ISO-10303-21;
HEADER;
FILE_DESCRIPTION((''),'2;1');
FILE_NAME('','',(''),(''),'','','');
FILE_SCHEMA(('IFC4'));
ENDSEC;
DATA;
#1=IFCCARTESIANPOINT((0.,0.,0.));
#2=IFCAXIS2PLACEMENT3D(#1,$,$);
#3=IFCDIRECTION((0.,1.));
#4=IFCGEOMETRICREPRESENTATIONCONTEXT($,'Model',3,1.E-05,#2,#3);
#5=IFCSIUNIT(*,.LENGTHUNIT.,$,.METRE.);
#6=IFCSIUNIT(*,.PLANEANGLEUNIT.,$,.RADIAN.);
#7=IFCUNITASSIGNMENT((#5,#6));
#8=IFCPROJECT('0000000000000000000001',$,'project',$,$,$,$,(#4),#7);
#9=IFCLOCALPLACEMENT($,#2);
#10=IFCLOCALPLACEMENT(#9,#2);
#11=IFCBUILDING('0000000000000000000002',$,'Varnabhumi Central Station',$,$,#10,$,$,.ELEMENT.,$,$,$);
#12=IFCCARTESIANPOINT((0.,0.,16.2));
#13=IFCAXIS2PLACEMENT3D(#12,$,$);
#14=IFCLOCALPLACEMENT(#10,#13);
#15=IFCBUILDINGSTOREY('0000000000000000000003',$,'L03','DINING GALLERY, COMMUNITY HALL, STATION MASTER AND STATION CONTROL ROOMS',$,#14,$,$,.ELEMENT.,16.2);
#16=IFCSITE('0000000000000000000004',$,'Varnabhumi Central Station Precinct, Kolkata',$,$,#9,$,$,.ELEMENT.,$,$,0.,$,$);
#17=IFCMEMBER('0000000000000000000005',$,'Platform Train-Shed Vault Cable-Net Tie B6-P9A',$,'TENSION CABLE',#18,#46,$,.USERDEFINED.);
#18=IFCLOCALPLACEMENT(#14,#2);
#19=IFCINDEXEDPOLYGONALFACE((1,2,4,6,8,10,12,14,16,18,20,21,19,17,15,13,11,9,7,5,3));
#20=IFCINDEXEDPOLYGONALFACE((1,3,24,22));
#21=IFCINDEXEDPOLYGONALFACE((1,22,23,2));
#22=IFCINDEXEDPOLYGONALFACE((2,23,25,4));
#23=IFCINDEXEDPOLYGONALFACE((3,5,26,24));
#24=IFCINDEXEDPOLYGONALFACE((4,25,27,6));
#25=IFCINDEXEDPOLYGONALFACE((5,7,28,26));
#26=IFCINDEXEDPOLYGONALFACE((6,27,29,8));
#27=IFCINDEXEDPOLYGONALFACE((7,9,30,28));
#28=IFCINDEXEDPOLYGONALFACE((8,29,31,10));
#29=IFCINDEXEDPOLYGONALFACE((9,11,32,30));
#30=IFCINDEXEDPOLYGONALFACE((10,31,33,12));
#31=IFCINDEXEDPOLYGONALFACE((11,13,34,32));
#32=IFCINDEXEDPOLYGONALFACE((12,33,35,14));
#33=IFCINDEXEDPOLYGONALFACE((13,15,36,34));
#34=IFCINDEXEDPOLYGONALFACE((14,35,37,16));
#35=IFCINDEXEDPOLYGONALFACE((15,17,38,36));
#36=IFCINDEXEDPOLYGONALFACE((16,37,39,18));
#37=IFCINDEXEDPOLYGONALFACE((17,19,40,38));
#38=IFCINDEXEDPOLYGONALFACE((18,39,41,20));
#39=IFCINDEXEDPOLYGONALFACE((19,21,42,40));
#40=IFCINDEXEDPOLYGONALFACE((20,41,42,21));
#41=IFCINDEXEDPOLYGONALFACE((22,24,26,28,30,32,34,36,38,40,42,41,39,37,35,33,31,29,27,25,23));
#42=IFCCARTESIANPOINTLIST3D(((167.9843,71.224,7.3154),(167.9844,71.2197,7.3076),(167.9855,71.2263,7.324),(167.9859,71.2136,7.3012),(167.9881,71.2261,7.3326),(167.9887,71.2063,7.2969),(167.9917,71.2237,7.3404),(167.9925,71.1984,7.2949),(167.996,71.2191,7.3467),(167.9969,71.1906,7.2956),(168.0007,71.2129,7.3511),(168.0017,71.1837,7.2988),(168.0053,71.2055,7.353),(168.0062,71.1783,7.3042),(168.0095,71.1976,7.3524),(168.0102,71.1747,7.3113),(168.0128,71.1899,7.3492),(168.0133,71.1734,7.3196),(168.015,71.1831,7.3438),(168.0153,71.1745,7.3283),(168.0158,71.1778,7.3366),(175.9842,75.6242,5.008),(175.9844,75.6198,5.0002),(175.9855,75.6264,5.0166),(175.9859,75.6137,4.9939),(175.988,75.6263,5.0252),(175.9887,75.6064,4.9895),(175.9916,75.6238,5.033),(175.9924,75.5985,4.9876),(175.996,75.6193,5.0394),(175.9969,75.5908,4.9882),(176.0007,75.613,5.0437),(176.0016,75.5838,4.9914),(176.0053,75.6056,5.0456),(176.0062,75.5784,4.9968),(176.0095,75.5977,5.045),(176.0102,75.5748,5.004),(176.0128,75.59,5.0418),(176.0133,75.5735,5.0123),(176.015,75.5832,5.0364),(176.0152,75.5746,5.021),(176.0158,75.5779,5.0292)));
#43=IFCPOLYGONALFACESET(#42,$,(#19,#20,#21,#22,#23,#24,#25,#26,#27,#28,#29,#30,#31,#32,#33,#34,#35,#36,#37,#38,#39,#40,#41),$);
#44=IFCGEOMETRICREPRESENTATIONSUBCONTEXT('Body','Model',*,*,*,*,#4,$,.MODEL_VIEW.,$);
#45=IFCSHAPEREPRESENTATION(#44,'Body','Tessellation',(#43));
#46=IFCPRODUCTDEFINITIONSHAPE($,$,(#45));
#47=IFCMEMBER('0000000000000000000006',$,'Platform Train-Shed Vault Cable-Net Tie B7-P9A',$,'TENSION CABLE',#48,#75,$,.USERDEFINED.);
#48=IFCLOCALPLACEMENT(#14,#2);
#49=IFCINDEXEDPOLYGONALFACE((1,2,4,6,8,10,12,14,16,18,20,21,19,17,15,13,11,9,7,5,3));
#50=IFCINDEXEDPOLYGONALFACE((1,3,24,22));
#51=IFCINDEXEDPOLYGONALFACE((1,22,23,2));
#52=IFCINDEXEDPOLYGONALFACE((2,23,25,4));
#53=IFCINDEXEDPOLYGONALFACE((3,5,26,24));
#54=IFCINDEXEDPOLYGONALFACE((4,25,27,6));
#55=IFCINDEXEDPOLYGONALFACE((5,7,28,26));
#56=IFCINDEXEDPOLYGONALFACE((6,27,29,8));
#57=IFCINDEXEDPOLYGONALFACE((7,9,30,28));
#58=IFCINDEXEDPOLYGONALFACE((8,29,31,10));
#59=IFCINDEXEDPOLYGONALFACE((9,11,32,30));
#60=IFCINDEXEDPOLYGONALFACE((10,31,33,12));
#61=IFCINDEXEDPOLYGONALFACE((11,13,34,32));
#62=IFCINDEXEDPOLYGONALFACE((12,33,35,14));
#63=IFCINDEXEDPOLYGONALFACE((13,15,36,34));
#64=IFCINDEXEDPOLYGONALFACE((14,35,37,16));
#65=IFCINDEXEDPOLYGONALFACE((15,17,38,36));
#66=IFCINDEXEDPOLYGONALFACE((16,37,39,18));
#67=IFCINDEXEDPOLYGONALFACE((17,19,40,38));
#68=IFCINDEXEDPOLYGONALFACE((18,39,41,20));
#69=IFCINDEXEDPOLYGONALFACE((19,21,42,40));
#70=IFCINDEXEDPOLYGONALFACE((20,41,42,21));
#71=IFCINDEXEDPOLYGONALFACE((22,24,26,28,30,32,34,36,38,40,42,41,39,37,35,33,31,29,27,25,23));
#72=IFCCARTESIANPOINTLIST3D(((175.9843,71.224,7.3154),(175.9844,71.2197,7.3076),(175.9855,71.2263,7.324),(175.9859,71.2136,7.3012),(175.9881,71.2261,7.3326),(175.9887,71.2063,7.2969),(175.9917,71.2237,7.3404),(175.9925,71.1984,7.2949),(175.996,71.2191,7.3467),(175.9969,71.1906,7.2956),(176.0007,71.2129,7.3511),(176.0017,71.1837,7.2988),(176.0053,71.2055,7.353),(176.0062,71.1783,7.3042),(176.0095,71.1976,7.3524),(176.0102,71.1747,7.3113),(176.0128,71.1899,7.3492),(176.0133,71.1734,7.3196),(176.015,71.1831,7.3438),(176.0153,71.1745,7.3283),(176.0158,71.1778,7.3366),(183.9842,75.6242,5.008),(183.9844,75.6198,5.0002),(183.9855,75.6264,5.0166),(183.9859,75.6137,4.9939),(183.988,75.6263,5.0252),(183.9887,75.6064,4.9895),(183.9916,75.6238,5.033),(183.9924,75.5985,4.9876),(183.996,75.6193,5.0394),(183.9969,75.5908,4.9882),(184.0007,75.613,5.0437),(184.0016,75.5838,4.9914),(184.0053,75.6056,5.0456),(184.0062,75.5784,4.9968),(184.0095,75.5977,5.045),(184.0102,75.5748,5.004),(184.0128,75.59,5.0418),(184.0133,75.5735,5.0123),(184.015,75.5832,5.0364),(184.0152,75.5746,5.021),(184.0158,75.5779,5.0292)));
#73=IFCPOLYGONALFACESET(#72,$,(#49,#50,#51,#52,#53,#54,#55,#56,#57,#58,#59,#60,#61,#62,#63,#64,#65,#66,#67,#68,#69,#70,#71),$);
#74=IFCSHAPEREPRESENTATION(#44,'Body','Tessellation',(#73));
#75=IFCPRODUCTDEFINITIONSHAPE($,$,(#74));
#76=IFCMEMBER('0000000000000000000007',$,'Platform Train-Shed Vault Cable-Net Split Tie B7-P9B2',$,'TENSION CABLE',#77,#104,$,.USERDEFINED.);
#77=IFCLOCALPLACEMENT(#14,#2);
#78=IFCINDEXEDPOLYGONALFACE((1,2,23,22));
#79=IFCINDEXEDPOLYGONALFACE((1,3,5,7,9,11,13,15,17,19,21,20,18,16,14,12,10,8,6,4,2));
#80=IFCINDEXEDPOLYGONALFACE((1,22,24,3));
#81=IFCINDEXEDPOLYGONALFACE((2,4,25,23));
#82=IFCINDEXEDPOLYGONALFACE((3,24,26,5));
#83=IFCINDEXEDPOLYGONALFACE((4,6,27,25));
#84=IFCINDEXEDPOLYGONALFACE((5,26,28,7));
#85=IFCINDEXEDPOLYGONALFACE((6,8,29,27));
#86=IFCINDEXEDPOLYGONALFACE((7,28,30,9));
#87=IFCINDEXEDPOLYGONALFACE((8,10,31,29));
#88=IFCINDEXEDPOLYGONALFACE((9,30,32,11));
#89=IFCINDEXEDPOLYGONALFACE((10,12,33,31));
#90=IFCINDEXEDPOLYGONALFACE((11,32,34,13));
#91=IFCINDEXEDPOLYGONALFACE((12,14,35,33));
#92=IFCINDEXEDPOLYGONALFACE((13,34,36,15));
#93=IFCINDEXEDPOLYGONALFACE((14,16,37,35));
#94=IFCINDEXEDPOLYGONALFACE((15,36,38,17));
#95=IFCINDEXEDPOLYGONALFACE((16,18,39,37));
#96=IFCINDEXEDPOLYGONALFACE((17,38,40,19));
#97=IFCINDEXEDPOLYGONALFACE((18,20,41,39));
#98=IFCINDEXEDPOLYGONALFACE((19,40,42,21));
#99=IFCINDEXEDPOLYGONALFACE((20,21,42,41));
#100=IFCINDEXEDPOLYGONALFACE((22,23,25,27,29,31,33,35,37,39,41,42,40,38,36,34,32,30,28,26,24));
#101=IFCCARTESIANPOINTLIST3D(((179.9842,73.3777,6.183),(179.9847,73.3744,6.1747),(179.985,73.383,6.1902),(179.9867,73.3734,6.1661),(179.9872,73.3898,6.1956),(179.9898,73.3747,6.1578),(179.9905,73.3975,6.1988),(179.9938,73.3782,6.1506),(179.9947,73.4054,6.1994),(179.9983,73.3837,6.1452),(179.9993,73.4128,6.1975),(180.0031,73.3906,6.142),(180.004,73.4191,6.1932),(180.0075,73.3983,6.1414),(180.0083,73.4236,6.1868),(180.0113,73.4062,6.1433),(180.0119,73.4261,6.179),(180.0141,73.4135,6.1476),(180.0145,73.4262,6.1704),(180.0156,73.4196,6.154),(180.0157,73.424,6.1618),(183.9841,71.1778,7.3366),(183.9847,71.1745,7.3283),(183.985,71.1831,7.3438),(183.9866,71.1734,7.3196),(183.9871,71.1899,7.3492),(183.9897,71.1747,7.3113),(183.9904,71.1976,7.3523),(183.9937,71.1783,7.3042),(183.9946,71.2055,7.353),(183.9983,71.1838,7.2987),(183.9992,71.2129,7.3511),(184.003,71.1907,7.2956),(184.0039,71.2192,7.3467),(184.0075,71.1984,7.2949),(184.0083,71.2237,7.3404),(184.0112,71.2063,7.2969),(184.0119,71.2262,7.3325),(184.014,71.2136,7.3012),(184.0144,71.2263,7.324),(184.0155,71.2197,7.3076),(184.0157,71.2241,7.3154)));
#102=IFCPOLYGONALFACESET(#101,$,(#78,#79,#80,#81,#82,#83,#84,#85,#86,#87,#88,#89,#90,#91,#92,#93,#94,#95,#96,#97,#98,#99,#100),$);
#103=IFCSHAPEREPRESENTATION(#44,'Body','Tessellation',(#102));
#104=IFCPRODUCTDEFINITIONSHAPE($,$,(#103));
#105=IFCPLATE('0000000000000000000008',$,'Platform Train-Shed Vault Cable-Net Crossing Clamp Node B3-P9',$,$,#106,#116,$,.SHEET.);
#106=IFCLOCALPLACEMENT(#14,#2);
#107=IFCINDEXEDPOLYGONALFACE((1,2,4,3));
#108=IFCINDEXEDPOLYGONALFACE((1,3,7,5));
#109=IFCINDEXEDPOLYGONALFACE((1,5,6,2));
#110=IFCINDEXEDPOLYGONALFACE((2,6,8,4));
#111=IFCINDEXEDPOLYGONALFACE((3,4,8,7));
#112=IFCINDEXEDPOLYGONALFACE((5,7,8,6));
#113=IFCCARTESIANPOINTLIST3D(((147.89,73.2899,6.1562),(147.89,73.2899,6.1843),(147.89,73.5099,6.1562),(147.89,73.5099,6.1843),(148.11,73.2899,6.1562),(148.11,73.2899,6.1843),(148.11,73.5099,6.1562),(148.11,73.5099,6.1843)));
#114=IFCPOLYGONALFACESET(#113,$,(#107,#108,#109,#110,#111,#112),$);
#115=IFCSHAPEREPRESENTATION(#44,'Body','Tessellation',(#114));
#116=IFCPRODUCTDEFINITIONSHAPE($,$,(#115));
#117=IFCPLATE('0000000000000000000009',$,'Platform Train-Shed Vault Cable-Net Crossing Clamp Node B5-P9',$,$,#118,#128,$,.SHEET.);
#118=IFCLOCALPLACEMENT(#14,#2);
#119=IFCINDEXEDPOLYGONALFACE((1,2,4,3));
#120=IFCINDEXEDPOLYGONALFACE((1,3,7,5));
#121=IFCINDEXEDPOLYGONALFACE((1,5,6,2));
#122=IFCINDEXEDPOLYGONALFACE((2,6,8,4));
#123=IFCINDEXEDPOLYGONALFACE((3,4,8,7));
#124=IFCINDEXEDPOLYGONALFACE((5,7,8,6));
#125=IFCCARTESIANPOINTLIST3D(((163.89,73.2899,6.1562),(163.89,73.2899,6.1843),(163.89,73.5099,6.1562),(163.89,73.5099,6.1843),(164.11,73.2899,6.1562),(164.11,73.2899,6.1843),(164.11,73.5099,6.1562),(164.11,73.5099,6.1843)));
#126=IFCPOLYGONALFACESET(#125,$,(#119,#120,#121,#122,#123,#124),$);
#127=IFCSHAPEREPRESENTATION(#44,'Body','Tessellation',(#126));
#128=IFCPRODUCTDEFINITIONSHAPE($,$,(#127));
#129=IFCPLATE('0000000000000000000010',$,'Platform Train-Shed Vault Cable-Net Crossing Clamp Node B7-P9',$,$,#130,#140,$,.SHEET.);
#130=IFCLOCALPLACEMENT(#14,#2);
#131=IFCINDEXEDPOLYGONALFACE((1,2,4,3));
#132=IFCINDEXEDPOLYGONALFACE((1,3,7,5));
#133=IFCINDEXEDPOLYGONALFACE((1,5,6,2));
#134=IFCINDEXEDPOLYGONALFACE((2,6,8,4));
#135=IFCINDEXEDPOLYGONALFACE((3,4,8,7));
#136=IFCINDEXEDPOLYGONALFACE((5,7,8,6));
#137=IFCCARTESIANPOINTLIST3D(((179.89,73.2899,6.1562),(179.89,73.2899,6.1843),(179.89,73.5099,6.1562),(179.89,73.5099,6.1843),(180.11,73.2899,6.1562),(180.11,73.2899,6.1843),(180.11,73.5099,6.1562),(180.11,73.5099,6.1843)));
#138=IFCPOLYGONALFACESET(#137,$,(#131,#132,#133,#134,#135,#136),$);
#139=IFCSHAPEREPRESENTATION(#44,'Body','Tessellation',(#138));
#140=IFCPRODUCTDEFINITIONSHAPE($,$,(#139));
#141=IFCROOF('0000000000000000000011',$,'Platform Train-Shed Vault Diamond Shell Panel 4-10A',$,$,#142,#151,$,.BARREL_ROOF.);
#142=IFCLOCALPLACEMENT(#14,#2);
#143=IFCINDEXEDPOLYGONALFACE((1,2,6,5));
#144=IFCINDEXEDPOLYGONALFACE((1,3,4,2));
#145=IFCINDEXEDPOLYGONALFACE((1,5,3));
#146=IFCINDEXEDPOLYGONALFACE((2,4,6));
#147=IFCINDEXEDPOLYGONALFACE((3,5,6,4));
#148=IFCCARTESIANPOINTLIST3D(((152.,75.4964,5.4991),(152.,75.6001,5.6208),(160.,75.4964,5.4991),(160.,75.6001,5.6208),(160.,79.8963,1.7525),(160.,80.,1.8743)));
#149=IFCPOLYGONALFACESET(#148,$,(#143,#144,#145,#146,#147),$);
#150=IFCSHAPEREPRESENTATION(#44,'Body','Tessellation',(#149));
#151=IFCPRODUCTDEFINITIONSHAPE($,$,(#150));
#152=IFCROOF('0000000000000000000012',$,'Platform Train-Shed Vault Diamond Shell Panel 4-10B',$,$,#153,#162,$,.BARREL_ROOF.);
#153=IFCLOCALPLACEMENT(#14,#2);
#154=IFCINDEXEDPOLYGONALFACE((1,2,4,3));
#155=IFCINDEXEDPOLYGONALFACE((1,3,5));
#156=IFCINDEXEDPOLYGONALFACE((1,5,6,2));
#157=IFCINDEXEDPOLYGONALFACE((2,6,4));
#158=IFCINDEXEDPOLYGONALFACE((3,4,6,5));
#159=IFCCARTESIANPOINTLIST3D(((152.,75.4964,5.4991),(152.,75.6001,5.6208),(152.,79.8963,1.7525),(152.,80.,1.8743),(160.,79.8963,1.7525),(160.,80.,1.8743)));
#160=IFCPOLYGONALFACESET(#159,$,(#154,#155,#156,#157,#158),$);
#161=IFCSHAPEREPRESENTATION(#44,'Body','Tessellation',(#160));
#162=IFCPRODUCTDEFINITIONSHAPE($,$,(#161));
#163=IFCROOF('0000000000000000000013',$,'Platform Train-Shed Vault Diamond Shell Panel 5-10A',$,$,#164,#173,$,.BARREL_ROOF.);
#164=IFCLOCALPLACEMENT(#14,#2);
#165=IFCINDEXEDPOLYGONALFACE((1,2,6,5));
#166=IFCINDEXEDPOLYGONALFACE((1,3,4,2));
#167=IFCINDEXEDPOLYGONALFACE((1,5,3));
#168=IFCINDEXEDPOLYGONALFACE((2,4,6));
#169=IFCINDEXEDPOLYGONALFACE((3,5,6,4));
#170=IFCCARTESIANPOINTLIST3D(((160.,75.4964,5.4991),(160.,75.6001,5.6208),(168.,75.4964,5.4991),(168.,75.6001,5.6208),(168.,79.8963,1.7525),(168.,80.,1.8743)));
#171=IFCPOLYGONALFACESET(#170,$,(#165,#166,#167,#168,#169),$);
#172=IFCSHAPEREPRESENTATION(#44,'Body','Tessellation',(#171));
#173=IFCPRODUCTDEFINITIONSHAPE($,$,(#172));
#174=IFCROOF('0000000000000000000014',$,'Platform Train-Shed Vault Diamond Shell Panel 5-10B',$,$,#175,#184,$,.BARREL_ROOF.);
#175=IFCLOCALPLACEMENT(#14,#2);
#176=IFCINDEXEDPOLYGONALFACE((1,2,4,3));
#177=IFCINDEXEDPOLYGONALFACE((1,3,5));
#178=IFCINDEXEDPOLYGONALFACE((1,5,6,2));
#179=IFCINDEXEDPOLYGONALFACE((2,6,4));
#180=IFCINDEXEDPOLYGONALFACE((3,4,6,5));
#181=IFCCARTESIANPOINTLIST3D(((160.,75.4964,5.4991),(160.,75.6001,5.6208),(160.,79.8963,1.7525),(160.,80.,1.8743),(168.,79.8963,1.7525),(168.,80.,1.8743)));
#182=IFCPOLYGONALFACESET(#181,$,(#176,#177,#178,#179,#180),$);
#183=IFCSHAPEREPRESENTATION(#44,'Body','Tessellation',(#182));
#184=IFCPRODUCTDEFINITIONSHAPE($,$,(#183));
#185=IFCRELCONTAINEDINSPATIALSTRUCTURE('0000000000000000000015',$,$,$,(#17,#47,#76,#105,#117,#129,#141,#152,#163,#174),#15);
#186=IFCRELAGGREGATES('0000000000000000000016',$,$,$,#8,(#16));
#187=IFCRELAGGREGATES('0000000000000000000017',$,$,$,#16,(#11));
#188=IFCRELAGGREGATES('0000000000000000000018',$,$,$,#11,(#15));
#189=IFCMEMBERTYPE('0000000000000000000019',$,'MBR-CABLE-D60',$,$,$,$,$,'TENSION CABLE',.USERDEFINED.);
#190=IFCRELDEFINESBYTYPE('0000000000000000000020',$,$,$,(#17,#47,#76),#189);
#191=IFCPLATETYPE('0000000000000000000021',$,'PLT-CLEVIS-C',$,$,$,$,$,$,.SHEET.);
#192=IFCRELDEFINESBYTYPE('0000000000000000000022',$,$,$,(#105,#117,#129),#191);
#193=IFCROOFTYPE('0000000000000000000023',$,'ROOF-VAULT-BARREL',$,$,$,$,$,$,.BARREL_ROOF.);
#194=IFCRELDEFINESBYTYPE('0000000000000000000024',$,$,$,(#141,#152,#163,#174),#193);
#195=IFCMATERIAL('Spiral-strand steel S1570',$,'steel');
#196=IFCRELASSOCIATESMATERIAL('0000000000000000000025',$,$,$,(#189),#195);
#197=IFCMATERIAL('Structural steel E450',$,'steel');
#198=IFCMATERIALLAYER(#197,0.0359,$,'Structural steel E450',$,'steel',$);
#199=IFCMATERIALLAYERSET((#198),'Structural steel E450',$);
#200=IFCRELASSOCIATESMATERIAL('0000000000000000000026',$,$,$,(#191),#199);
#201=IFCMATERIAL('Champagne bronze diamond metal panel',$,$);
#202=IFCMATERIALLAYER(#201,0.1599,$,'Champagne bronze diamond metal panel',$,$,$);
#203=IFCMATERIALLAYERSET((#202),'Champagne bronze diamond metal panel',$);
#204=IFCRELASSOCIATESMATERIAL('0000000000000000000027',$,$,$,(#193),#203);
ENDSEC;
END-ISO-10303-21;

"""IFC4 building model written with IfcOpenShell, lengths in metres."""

from ifc_helpers import new_model, si_unit, direction, frame, origin, origin_2d, place, context, subcontext, project, spatial, polyline, rectangle, circle, outline, extrude, material, layer, layer_set, material_profile, profile_set, type_object, element, save


model = new_model("IFC4")

# Units and contexts
model_context = context("Model", 3, precision=1e-05, world=origin(), true_north=direction((0.0, 1.0)))
body_context = subcontext(model_context, "Body", "Model", "MODEL_VIEW")
ifc_project = project(units=[si_unit("LENGTHUNIT", "METRE"), si_unit("PLANEANGLEUNIT", "RADIAN")], contexts=[model_context])

# Site, building, storey
site_placement = place(None, origin())
site = spatial("IfcSite", under=ifc_project, at=site_placement, Name="Varnabhumi Central Station Precinct, Kolkata", CompositionType="ELEMENT", RefElevation=0.0)
building_placement = place(site_placement, origin())
building = spatial("IfcBuilding", under=site, at=building_placement, Name="Varnabhumi Central Station", CompositionType="ELEMENT")
storey_placement = place(building_placement, frame((0.0, 0.0, 16.2)))
storey = spatial("IfcBuildingStorey", under=building, at=storey_placement, Name="L03", Description="DINING GALLERY, COMMUNITY HALL, STATION MASTER AND STATION CONTROL ROOMS", CompositionType="ELEMENT", Elevation=16.2)

# Shared definitions
ifc_material_1 = material(Name="Structural steel E450", Category="steel")

# Members
ifc_material_2 = material(Name="Spiral-strand steel S1570", Category="steel")
ifc_material_profile_1 = material_profile(ifc_material_2, circle(Radius=0.03, at=origin_2d()), Name="Spiral-strand steel S1570", Category="steel")
ifc_profile_set_1 = profile_set([ifc_material_profile_1], Name="Spiral-strand steel S1570")
member_type = type_object("IfcMemberType", Name="MBR-CABLE-D60", ElementType="TENSION CABLE", PredefinedType="USERDEFINED", material=ifc_profile_set_1)
for number, where, z_axis, x_axis, name in (
    (1, (168.0, 71.2, 7.324), (0.849502, 0.467242, -0.245015), (-0.481931, 0.876209, 0.0), "Platform Train-Shed Vault Cable-Net Tie B6-P9A"),
    (2, (176.0, 71.2, 7.324), (0.849502, 0.467242, -0.245015), (-0.481931, 0.876209, 0.0), "Platform Train-Shed Vault Cable-Net Tie B7-P9A"),
):
    element("IfcMember", number, at=place(storey_placement, frame(where, z_axis=z_axis, x_axis=x_axis)), inside=storey, type_object=member_type, Name=name, ObjectType="TENSION CABLE", PredefinedType="USERDEFINED", context=body_context, shape_type="SweptSolid", body=[
        extrude(circle(Radius=0.03, at=origin_2d()), origin(), (0.0, 0.0, 1.0), 9.4172),
    ])
member_1_placement = place(storey_placement, frame((180.0, 73.3999, 6.1704), z_axis=(0.849517, -0.467224, 0.244993), x_axis=(0.481911, 0.87622, 0.0)))
element("IfcMember", 3, at=member_1_placement, inside=storey, type_object=member_type, Name="Platform Train-Shed Vault Cable-Net Split Tie B7-P9B2", ObjectType="TENSION CABLE", PredefinedType="USERDEFINED", context=body_context, shape_type="SweptSolid", body=[
    extrude(circle(Radius=0.03, at=origin_2d()), origin(), (0.0, 0.0, 1.0), 4.7085),
])

# Plates
ifc_layer_1 = layer(ifc_material_1, 0.0359, Name="Structural steel E450", Category="steel")
ifc_layer_set_1 = layer_set([ifc_layer_1], Name="Structural steel E450")
plate_type = type_object("IfcPlateType", Name="PLT-CLEVIS-C", PredefinedType="SHEET", material=ifc_layer_set_1)
for number, where, z_axis, x_axis, name in (
    (4, (148.0, 73.3999, 6.1562), (0.0, 0.0, 1.0), (1.0, 0.0, 0.0), "Platform Train-Shed Vault Cable-Net Crossing Clamp Node B3-P9"),
    (5, (164.0, 73.3999, 6.1562), (0.0, 0.0, 1.0), (1.0, 0.0, 0.0), "Platform Train-Shed Vault Cable-Net Crossing Clamp Node B5-P9"),
    (6, (180.0, 73.3999, 6.1562), (0.0, 0.0, 1.0), (1.0, 0.0, 0.0), "Platform Train-Shed Vault Cable-Net Crossing Clamp Node B7-P9"),
):
    element("IfcPlate", number, at=place(storey_placement, frame(where, z_axis=z_axis, x_axis=x_axis)), inside=storey, type_object=plate_type, Name=name, PredefinedType="SHEET", context=body_context, shape_type="SweptSolid", body=[
        extrude(rectangle(XDim=0.22, YDim=0.22, at=origin_2d()), origin(), (0.0, 0.0, 1.0), 0.0281),
    ])

# Roofs
ifc_material_3 = material(Name="Champagne bronze diamond metal panel")
ifc_layer_2 = layer(ifc_material_3, 0.1599, Name="Champagne bronze diamond metal panel")
ifc_layer_set_2 = layer_set([ifc_layer_2], Name="Champagne bronze diamond metal panel")
roof_type = type_object("IfcRoofType", Name="ROOF-VAULT-BARREL", PredefinedType="BARREL_ROOF", material=ifc_layer_set_2)
roof_1_placement = place(storey_placement, frame((152.0, 75.6001, 5.6208), z_axis=(0.0, 0.648318, 0.76137), x_axis=(1.0, 0.0, 0.0)))
element("IfcRoof", 7, at=roof_1_placement, inside=storey, type_object=roof_type, Name="Platform Train-Shed Vault Diamond Shell Panel 4-10A", PredefinedType="BARREL_ROOF", context=body_context, shape_type="SweptSolid", body=[
    extrude(outline(polyline([(0.0, 0.0), (8.0, 0.0), (8.0, 5.7789), (0.0, 0.0)])), origin(), (0.0, 0.0, -1.0), 0.1599),
])
roof_2_placement = place(storey_placement, frame((152.0, 75.6001, 5.6208), z_axis=(0.0, 0.648318, 0.76137), x_axis=(0.810624, 0.445833, -0.379634)))
element("IfcRoof", 8, at=roof_2_placement, inside=storey, type_object=roof_type, Name="Platform Train-Shed Vault Diamond Shell Panel 4-10B", PredefinedType="BARREL_ROOF", context=body_context, shape_type="SweptSolid", body=[
    extrude(outline(polyline([(0.0, 0.0), (9.8689, 0.0), (3.384, 4.6845), (0.0, 0.0)])), origin(), (0.0, 0.0, -1.0), 0.1599),
])
roof_3_placement = place(storey_placement, frame((160.0, 75.6001, 5.6208), z_axis=(0.0, 0.648318, 0.76137), x_axis=(1.0, 0.0, 0.0)))
element("IfcRoof", 9, at=roof_3_placement, inside=storey, type_object=roof_type, Name="Platform Train-Shed Vault Diamond Shell Panel 5-10A", PredefinedType="BARREL_ROOF", context=body_context, shape_type="SweptSolid", body=[
    extrude(outline(polyline([(0.0, 0.0), (8.0, 0.0), (8.0, 5.7789), (0.0, 0.0)])), origin(), (0.0, 0.0, -1.0), 0.1599),
])
roof_4_placement = place(storey_placement, frame((160.0, 75.6001, 5.6208), z_axis=(0.0, 0.648318, 0.76137), x_axis=(0.810624, 0.445833, -0.379634)))
element("IfcRoof", 10, at=roof_4_placement, inside=storey, type_object=roof_type, Name="Platform Train-Shed Vault Diamond Shell Panel 5-10B", PredefinedType="BARREL_ROOF", context=body_context, shape_type="SweptSolid", body=[
    extrude(outline(polyline([(0.0, 0.0), (9.8689, 0.0), (3.384, 4.6845), (0.0, 0.0)])), origin(), (0.0, 0.0, -1.0), 0.1599),
])

save(model, "model.ifc")
